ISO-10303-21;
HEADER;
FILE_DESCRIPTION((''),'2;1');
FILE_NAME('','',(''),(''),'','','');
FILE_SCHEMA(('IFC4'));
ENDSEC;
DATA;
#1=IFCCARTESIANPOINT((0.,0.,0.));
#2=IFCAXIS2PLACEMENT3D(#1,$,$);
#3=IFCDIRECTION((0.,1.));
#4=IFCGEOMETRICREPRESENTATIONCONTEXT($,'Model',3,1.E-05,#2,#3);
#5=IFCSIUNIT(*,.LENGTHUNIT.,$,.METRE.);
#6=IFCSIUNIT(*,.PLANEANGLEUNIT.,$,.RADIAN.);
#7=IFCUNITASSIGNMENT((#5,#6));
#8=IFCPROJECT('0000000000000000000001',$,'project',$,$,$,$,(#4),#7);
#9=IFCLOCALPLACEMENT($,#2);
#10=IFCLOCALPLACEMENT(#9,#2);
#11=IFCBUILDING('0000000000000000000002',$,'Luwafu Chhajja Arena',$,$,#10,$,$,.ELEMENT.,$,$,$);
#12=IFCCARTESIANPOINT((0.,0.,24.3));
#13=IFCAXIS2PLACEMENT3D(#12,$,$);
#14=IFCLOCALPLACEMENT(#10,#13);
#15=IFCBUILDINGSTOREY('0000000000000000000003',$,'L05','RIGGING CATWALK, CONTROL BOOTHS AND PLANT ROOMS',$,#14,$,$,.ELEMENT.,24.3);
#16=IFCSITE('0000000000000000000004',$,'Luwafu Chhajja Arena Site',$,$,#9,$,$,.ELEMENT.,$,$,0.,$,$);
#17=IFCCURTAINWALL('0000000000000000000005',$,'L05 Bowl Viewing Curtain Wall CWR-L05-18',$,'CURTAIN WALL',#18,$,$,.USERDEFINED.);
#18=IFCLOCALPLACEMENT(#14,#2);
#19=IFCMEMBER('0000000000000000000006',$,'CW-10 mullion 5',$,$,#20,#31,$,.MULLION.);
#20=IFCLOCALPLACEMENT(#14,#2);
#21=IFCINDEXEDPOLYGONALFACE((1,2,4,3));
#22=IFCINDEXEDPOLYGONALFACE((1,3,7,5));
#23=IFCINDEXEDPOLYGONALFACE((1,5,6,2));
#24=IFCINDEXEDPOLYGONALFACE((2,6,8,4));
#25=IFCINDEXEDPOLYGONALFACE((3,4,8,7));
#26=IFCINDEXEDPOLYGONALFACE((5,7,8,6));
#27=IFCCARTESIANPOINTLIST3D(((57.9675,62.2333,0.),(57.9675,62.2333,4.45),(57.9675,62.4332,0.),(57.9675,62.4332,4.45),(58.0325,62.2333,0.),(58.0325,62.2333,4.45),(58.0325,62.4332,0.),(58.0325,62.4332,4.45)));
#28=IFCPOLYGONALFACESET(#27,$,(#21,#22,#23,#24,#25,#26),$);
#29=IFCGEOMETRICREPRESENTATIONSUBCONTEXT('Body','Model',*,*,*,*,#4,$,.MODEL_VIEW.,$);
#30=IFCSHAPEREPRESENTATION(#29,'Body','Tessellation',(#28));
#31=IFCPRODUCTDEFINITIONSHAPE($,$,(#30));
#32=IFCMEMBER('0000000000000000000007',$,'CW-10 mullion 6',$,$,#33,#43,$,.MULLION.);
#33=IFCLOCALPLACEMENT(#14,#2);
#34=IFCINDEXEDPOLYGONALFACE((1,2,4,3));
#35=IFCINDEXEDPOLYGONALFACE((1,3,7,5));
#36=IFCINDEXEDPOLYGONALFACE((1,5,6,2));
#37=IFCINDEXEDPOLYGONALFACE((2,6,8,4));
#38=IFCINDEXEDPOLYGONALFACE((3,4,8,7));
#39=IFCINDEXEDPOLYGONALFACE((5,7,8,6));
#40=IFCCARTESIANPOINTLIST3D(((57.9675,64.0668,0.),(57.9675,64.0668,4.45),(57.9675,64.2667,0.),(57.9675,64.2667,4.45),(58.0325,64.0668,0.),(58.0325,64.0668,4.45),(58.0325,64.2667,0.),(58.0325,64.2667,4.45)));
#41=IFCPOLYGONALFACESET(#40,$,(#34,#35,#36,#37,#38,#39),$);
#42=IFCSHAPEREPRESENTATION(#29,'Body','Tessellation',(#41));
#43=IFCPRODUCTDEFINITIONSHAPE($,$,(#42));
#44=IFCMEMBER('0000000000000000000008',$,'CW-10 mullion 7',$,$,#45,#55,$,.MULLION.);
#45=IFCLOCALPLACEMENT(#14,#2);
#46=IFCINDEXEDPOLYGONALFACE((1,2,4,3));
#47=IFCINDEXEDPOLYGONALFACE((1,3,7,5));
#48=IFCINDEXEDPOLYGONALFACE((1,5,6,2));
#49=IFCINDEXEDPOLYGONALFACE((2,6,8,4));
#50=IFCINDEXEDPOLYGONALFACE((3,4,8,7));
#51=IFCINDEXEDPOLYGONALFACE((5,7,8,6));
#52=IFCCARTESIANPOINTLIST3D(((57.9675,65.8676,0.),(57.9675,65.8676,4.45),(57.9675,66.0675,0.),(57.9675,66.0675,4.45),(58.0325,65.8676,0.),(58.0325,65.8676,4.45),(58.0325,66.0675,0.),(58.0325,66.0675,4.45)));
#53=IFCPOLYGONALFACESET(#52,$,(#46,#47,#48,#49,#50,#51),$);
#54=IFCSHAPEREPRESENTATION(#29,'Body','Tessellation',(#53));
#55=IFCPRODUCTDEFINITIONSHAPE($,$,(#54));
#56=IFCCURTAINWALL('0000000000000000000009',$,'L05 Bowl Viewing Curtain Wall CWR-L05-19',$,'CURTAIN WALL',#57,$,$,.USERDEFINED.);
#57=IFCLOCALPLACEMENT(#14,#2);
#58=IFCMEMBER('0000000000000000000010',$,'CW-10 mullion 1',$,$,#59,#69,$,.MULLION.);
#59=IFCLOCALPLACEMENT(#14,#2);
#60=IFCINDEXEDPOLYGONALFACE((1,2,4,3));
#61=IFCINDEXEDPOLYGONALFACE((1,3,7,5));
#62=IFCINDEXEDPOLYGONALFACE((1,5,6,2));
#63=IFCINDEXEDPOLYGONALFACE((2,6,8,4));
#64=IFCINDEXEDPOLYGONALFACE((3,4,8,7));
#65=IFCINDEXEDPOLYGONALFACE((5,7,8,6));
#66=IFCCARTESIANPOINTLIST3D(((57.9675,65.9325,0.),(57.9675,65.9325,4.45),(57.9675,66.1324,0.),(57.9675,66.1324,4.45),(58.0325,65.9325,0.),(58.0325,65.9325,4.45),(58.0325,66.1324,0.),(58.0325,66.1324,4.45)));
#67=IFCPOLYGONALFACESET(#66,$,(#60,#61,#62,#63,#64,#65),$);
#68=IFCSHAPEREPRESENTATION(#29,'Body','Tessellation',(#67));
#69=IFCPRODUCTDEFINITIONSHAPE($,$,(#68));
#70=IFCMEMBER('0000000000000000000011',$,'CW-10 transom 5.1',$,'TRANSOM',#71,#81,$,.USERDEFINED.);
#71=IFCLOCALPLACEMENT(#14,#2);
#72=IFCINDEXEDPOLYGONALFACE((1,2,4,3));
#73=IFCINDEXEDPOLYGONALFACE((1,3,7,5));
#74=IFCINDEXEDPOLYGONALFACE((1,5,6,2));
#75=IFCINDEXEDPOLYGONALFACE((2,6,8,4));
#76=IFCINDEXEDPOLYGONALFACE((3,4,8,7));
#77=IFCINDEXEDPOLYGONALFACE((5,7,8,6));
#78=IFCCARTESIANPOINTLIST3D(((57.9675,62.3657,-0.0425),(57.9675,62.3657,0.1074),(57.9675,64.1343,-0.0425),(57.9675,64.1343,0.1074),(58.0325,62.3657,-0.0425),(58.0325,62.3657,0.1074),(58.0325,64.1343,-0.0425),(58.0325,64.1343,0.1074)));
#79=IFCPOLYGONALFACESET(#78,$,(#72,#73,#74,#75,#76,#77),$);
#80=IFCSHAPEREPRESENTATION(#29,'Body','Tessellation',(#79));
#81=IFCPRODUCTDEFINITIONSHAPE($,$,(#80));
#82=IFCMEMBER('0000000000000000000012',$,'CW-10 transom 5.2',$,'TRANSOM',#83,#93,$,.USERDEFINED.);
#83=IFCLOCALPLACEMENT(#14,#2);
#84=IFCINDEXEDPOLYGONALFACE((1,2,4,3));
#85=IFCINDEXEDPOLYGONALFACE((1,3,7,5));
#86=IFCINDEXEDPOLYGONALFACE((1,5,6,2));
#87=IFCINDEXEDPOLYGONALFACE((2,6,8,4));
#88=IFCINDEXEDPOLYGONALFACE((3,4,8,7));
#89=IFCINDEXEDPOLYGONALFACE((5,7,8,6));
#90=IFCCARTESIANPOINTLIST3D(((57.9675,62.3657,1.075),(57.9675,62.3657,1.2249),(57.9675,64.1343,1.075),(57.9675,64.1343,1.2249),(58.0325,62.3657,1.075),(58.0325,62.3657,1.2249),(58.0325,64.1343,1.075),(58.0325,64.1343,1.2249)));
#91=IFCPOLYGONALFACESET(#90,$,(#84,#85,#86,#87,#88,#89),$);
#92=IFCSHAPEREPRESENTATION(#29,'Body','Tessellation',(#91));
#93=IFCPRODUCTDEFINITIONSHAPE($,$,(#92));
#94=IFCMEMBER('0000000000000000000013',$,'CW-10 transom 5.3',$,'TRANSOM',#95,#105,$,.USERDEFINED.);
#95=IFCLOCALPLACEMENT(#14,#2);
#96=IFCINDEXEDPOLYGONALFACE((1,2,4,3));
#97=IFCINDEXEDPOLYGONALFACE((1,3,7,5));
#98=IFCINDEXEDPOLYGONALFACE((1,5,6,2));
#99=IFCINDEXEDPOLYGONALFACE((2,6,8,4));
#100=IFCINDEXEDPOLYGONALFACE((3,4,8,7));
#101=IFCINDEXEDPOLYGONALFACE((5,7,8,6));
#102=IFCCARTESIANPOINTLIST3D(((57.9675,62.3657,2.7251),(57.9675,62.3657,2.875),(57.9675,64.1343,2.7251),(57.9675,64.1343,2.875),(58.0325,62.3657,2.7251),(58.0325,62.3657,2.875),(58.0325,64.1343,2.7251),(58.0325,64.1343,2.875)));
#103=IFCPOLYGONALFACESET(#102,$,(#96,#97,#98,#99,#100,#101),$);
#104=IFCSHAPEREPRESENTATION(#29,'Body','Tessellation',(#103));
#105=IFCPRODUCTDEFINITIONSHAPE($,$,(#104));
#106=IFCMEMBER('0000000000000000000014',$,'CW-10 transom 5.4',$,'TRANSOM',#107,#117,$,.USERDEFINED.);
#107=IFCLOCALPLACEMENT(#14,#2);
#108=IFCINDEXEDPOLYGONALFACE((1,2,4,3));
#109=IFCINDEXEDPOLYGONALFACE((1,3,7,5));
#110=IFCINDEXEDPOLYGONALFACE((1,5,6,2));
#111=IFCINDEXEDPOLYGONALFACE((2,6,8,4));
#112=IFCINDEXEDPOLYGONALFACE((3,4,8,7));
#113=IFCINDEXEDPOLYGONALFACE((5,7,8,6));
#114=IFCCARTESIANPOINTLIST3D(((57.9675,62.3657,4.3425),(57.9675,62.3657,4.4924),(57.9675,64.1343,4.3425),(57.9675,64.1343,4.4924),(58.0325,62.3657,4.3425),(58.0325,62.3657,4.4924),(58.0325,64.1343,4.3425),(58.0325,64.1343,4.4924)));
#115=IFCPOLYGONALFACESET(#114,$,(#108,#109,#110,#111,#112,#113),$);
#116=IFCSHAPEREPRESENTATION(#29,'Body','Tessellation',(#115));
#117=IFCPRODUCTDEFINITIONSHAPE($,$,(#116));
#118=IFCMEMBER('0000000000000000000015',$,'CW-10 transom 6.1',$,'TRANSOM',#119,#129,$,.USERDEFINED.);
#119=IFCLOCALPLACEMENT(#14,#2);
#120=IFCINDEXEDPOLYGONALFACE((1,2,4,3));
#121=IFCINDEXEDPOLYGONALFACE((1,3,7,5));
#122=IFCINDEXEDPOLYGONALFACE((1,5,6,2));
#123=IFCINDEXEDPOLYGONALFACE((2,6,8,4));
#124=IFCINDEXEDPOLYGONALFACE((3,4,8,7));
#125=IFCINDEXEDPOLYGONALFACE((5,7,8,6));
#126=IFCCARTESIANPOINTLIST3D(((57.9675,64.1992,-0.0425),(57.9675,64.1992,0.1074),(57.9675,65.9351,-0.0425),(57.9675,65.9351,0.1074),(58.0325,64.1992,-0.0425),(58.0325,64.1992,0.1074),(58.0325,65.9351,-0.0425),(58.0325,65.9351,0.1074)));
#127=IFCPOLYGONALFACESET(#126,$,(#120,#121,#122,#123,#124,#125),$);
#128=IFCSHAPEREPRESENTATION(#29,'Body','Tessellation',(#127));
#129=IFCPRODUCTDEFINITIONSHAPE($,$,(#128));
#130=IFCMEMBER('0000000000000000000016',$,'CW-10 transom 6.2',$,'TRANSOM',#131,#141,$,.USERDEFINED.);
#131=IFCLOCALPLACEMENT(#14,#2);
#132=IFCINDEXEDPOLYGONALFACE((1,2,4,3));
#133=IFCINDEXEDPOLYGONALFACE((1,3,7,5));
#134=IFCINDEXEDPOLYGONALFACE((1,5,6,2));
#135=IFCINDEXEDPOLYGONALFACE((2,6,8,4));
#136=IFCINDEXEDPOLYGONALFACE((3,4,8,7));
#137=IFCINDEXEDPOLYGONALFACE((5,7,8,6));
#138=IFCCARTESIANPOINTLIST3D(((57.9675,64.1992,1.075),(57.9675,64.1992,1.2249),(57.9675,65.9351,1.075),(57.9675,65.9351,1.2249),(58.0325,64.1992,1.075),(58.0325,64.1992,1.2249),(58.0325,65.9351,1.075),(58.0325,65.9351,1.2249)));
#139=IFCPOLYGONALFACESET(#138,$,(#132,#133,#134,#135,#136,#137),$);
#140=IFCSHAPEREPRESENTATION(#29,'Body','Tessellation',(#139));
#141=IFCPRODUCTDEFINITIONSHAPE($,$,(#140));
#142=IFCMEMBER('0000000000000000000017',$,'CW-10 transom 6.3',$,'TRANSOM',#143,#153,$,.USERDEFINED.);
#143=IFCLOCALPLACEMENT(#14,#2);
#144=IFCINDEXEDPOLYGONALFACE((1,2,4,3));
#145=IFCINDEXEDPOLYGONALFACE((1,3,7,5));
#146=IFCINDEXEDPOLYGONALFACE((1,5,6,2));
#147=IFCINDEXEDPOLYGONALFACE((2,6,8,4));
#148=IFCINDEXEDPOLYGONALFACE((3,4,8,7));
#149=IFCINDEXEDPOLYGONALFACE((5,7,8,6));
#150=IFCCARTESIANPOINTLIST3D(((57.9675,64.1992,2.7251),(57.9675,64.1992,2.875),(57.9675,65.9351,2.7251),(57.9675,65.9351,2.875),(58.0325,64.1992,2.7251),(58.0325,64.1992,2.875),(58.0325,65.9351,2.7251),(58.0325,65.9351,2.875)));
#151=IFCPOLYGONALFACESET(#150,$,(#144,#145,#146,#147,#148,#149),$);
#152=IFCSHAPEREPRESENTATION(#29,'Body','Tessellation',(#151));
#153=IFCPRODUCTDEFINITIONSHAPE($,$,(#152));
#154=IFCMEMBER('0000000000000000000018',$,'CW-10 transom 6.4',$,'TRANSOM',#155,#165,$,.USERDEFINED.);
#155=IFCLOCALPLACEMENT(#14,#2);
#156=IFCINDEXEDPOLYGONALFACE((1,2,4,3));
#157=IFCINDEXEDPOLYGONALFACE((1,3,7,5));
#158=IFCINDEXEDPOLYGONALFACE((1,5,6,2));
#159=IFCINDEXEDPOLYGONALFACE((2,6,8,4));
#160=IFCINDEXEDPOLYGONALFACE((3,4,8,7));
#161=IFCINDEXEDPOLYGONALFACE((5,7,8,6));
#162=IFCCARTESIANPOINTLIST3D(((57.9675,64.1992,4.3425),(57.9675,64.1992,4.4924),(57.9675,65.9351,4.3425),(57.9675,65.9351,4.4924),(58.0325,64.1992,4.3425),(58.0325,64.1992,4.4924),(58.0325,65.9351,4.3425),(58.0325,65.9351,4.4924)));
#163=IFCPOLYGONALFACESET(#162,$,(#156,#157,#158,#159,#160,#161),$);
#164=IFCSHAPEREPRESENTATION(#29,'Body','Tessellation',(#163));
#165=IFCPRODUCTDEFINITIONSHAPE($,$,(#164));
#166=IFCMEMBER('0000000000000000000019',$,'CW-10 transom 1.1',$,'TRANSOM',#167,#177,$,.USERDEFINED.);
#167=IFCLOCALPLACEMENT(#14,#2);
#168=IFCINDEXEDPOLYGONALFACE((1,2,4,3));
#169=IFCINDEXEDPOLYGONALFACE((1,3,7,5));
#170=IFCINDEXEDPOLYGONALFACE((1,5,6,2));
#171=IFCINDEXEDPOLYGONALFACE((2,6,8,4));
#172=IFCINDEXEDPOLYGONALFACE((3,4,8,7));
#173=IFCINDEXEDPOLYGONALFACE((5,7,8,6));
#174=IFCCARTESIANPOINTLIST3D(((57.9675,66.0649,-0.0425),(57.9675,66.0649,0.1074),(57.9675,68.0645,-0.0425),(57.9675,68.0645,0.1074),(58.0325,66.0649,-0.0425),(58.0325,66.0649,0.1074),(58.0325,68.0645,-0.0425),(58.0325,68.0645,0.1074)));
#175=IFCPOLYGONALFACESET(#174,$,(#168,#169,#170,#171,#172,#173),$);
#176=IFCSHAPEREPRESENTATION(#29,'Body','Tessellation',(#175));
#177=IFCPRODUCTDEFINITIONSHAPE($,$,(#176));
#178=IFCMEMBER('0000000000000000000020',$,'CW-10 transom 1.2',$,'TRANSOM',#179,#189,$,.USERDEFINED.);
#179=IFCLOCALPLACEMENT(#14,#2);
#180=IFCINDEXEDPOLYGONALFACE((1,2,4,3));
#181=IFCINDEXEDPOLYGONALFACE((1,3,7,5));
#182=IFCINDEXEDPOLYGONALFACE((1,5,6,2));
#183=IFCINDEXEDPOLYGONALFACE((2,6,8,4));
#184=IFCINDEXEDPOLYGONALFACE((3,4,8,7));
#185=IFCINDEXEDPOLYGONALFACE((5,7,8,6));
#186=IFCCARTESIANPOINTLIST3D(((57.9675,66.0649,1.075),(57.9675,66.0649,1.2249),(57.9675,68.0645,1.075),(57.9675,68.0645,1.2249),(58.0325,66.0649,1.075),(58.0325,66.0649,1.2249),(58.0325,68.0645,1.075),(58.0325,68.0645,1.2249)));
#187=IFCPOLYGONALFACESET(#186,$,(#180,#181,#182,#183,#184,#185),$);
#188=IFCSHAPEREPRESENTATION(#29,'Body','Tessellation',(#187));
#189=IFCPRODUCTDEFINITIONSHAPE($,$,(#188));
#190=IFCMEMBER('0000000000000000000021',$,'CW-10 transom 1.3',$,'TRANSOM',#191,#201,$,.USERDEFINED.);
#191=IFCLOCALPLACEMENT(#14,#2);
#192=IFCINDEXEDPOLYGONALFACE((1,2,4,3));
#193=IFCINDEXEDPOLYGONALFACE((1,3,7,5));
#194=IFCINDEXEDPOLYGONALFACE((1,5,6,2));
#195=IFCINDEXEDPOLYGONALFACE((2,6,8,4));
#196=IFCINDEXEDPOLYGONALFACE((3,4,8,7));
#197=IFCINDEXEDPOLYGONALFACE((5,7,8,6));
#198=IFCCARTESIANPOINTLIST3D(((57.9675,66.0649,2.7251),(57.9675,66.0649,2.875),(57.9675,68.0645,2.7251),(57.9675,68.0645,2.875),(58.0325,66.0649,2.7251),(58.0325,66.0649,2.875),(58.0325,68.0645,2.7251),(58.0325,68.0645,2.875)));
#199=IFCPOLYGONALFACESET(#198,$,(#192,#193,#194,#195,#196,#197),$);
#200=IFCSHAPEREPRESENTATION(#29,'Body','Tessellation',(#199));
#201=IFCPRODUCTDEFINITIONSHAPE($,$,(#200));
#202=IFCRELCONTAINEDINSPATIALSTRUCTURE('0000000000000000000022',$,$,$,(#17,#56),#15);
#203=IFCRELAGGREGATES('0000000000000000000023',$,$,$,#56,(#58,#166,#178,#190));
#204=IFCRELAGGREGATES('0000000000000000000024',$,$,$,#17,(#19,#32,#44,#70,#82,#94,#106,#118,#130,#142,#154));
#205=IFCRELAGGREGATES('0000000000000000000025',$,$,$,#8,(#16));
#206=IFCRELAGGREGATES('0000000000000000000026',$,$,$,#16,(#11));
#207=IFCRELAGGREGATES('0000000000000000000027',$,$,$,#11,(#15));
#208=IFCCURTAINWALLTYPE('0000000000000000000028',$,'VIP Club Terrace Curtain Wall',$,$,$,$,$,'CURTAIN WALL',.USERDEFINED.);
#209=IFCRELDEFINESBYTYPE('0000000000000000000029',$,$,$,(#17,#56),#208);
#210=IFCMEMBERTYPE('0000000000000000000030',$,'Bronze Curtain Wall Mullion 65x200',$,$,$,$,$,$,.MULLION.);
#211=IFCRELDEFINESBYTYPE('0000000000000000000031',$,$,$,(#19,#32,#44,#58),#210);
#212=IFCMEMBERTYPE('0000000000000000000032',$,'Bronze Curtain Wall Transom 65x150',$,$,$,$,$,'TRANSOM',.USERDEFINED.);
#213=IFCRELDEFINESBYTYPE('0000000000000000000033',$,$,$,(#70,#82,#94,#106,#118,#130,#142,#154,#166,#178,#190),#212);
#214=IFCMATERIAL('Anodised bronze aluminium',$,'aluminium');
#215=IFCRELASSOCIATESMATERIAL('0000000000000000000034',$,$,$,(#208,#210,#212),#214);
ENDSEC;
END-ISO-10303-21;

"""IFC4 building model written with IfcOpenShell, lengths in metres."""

from ifc_helpers import new_model, si_unit, direction, frame, origin, origin_2d, place, context, subcontext, project, spatial, rectangle, extrude, material, material_profile, profile_set, type_object, element, aggregate, save


model = new_model("IFC4")

# Units and contexts
model_context = context("Model", 3, precision=1e-05, world=origin(), true_north=direction((0.0, 1.0)))
body_context = subcontext(model_context, "Body", "Model", "MODEL_VIEW")
ifc_project = project(units=[si_unit("LENGTHUNIT", "METRE"), si_unit("PLANEANGLEUNIT", "RADIAN")], contexts=[model_context])

# Site, building, storey
site_placement = place(None, origin())
site = spatial("IfcSite", under=ifc_project, at=site_placement, Name="Luwafu Chhajja Arena Site", CompositionType="ELEMENT", RefElevation=0.0)
building_placement = place(site_placement, origin())
building = spatial("IfcBuilding", under=site, at=building_placement, Name="Luwafu Chhajja Arena", CompositionType="ELEMENT")
storey_placement = place(building_placement, frame((0.0, 0.0, 24.3)))
storey = spatial("IfcBuildingStorey", under=building, at=storey_placement, Name="L05", Description="RIGGING CATWALK, CONTROL BOOTHS AND PLANT ROOMS", CompositionType="ELEMENT", Elevation=24.3)

# Curtain wall, members
ifc_material_1 = material(Name="Anodised bronze aluminium", Category="aluminium")
curtain_wall_type = type_object("IfcCurtainWallType", Name="VIP Club Terrace Curtain Wall", ElementType="CURTAIN WALL", PredefinedType="USERDEFINED", material=ifc_material_1)
curtain_wall_1_placement = place(storey_placement, origin())
curtain_wall_1 = element("IfcCurtainWall", 1, at=curtain_wall_1_placement, inside=storey, type_object=curtain_wall_type, Name="L05 Bowl Viewing Curtain Wall CWR-L05-18", ObjectType="CURTAIN WALL", PredefinedType="USERDEFINED")
ifc_material_profile_1 = material_profile(ifc_material_1, rectangle(XDim=0.0649, YDim=0.2, at=origin_2d()), Name="CWM 65x200")
ifc_profile_set_1 = profile_set([ifc_material_profile_1], Name="Anodised bronze aluminium")
member_type_1 = type_object("IfcMemberType", Name="Bronze Curtain Wall Mullion 65x200", PredefinedType="MULLION", material=ifc_profile_set_1)
member_1_placement = place(storey_placement, frame((58.0, 62.3333, 0.0), z_axis=(0.0, 0.0, 1.0), x_axis=(-1.0, 0.0, 0.0)))
member_1 = element("IfcMember", 2, at=member_1_placement, type_object=member_type_1, Name="CW-10 mullion 5", PredefinedType="MULLION", context=body_context, shape_type="SweptSolid", body=[
    extrude(rectangle(XDim=0.0649, YDim=0.2, at=origin_2d()), origin(), (0.0, 0.0, 1.0), 4.45),
])
member_2_placement = place(storey_placement, frame((58.0, 64.1667, 0.0), z_axis=(0.0, 0.0, 1.0), x_axis=(-1.0, 0.0, 0.0)))
member_2 = element("IfcMember", 3, at=member_2_placement, type_object=member_type_1, Name="CW-10 mullion 6", PredefinedType="MULLION", context=body_context, shape_type="SweptSolid", body=[
    extrude(rectangle(XDim=0.0649, YDim=0.2, at=origin_2d()), origin(), (0.0, 0.0, 1.0), 4.45),
])
member_3_placement = place(storey_placement, frame((58.0, 65.9675, 0.0), z_axis=(0.0, 0.0, 1.0), x_axis=(-1.0, 0.0, 0.0)))
member_3 = element("IfcMember", 4, at=member_3_placement, type_object=member_type_1, Name="CW-10 mullion 7", PredefinedType="MULLION", context=body_context, shape_type="SweptSolid", body=[
    extrude(rectangle(XDim=0.0649, YDim=0.2, at=origin_2d()), origin(), (0.0, 0.0, 1.0), 4.45),
])

# Curtain wall, member
curtain_wall_2_placement = place(storey_placement, origin())
curtain_wall_2 = element("IfcCurtainWall", 5, at=curtain_wall_2_placement, inside=storey, type_object=curtain_wall_type, Name="L05 Bowl Viewing Curtain Wall CWR-L05-19", ObjectType="CURTAIN WALL", PredefinedType="USERDEFINED")
member_4_placement = place(storey_placement, frame((58.0, 66.0325, 0.0), z_axis=(0.0, 0.0, 1.0), x_axis=(-1.0, 0.0, 0.0)))
member_4 = element("IfcMember", 6, at=member_4_placement, type_object=member_type_1, Name="CW-10 mullion 1", PredefinedType="MULLION", context=body_context, shape_type="SweptSolid", body=[
    extrude(rectangle(XDim=0.0649, YDim=0.2, at=origin_2d()), origin(), (0.0, 0.0, 1.0), 4.45),
])

# Members
ifc_material_profile_2 = material_profile(ifc_material_1, rectangle(XDim=0.0649, YDim=0.1499, at=origin_2d()), Name="CWT 65x150")
ifc_profile_set_2 = profile_set([ifc_material_profile_2], Name="Anodised bronze aluminium")
member_type_2 = type_object("IfcMemberType", Name="Bronze Curtain Wall Transom 65x150", ElementType="TRANSOM", PredefinedType="USERDEFINED", material=ifc_profile_set_2)
member_5_placement = place(storey_placement, frame((58.0, 62.3657, 0.0325), z_axis=(0.0, 1.0, 0.0), x_axis=(-1.0, 0.0, 0.0)))
member_5 = element("IfcMember", 7, at=member_5_placement, type_object=member_type_2, Name="CW-10 transom 5.1", ObjectType="TRANSOM", PredefinedType="USERDEFINED", context=body_context, shape_type="SweptSolid", body=[
    extrude(rectangle(XDim=0.0649, YDim=0.1499, at=origin_2d()), origin(), (0.0, 0.0, 1.0), 1.7686),
])
member_6_placement = place(storey_placement, frame((58.0, 62.3657, 1.1499), z_axis=(0.0, 1.0, 0.0), x_axis=(-1.0, 0.0, 0.0)))
member_6 = element("IfcMember", 8, at=member_6_placement, type_object=member_type_2, Name="CW-10 transom 5.2", ObjectType="TRANSOM", PredefinedType="USERDEFINED", context=body_context, shape_type="SweptSolid", body=[
    extrude(rectangle(XDim=0.0649, YDim=0.1499, at=origin_2d()), origin(), (0.0, 0.0, 1.0), 1.7686),
])
member_7_placement = place(storey_placement, frame((58.0, 62.3657, 2.8), z_axis=(0.0, 1.0, 0.0), x_axis=(-1.0, 0.0, 0.0)))
member_7 = element("IfcMember", 9, at=member_7_placement, type_object=member_type_2, Name="CW-10 transom 5.3", ObjectType="TRANSOM", PredefinedType="USERDEFINED", context=body_context, shape_type="SweptSolid", body=[
    extrude(rectangle(XDim=0.0649, YDim=0.1499, at=origin_2d()), origin(), (0.0, 0.0, 1.0), 1.7686),
])
member_8_placement = place(storey_placement, frame((58.0, 62.3657, 4.4175), z_axis=(0.0, 1.0, 0.0), x_axis=(-1.0, 0.0, 0.0)))
member_8 = element("IfcMember", 10, at=member_8_placement, type_object=member_type_2, Name="CW-10 transom 5.4", ObjectType="TRANSOM", PredefinedType="USERDEFINED", context=body_context, shape_type="SweptSolid", body=[
    extrude(rectangle(XDim=0.0649, YDim=0.1499, at=origin_2d()), origin(), (0.0, 0.0, 1.0), 1.7686),
])
member_9_placement = place(storey_placement, frame((58.0, 64.1992, 0.0325), z_axis=(0.0, 1.0, 0.0), x_axis=(-1.0, 0.0, 0.0)))
member_9 = element("IfcMember", 11, at=member_9_placement, type_object=member_type_2, Name="CW-10 transom 6.1", ObjectType="TRANSOM", PredefinedType="USERDEFINED", context=body_context, shape_type="SweptSolid", body=[
    extrude(rectangle(XDim=0.0649, YDim=0.1499, at=origin_2d()), origin(), (0.0, 0.0, 1.0), 1.7358),
])
member_10_placement = place(storey_placement, frame((58.0, 64.1992, 1.1499), z_axis=(0.0, 1.0, 0.0), x_axis=(-1.0, 0.0, 0.0)))
member_10 = element("IfcMember", 12, at=member_10_placement, type_object=member_type_2, Name="CW-10 transom 6.2", ObjectType="TRANSOM", PredefinedType="USERDEFINED", context=body_context, shape_type="SweptSolid", body=[
    extrude(rectangle(XDim=0.0649, YDim=0.1499, at=origin_2d()), origin(), (0.0, 0.0, 1.0), 1.7358),
])
member_11_placement = place(storey_placement, frame((58.0, 64.1992, 2.8), z_axis=(0.0, 1.0, 0.0), x_axis=(-1.0, 0.0, 0.0)))
member_11 = element("IfcMember", 13, at=member_11_placement, type_object=member_type_2, Name="CW-10 transom 6.3", ObjectType="TRANSOM", PredefinedType="USERDEFINED", context=body_context, shape_type="SweptSolid", body=[
    extrude(rectangle(XDim=0.0649, YDim=0.1499, at=origin_2d()), origin(), (0.0, 0.0, 1.0), 1.7358),
])
member_12_placement = place(storey_placement, frame((58.0, 64.1992, 4.4175), z_axis=(0.0, 1.0, 0.0), x_axis=(-1.0, 0.0, 0.0)))
member_12 = element("IfcMember", 14, at=member_12_placement, type_object=member_type_2, Name="CW-10 transom 6.4", ObjectType="TRANSOM", PredefinedType="USERDEFINED", context=body_context, shape_type="SweptSolid", body=[
    extrude(rectangle(XDim=0.0649, YDim=0.1499, at=origin_2d()), origin(), (0.0, 0.0, 1.0), 1.7358),
])
member_13_placement = place(storey_placement, frame((58.0, 66.0649, 0.0325), z_axis=(0.0, 1.0, 0.0), x_axis=(-1.0, 0.0, 0.0)))
member_13 = element("IfcMember", 15, at=member_13_placement, type_object=member_type_2, Name="CW-10 transom 1.1", ObjectType="TRANSOM", PredefinedType="USERDEFINED", context=body_context, shape_type="SweptSolid", body=[
    extrude(rectangle(XDim=0.0649, YDim=0.1499, at=origin_2d()), origin(), (0.0, 0.0, 1.0), 1.9995),
])
member_14_placement = place(storey_placement, frame((58.0, 66.0649, 1.1499), z_axis=(0.0, 1.0, 0.0), x_axis=(-1.0, 0.0, 0.0)))
member_14 = element("IfcMember", 16, at=member_14_placement, type_object=member_type_2, Name="CW-10 transom 1.2", ObjectType="TRANSOM", PredefinedType="USERDEFINED", context=body_context, shape_type="SweptSolid", body=[
    extrude(rectangle(XDim=0.0649, YDim=0.1499, at=origin_2d()), origin(), (0.0, 0.0, 1.0), 1.9995),
])
member_15_placement = place(storey_placement, frame((58.0, 66.0649, 2.8), z_axis=(0.0, 1.0, 0.0), x_axis=(-1.0, 0.0, 0.0)))
member_15 = element("IfcMember", 17, at=member_15_placement, type_object=member_type_2, Name="CW-10 transom 1.3", ObjectType="TRANSOM", PredefinedType="USERDEFINED", context=body_context, shape_type="SweptSolid", body=[
    extrude(rectangle(XDim=0.0649, YDim=0.1499, at=origin_2d()), origin(), (0.0, 0.0, 1.0), 1.9995),
])
aggregate(curtain_wall_2, [member_4, member_13, member_14, member_15])

aggregate(curtain_wall_1, [member_1, member_2, member_3, member_5, member_6, member_7, member_8, member_9, member_10, member_11, member_12])

save(model, "model.ifc")
